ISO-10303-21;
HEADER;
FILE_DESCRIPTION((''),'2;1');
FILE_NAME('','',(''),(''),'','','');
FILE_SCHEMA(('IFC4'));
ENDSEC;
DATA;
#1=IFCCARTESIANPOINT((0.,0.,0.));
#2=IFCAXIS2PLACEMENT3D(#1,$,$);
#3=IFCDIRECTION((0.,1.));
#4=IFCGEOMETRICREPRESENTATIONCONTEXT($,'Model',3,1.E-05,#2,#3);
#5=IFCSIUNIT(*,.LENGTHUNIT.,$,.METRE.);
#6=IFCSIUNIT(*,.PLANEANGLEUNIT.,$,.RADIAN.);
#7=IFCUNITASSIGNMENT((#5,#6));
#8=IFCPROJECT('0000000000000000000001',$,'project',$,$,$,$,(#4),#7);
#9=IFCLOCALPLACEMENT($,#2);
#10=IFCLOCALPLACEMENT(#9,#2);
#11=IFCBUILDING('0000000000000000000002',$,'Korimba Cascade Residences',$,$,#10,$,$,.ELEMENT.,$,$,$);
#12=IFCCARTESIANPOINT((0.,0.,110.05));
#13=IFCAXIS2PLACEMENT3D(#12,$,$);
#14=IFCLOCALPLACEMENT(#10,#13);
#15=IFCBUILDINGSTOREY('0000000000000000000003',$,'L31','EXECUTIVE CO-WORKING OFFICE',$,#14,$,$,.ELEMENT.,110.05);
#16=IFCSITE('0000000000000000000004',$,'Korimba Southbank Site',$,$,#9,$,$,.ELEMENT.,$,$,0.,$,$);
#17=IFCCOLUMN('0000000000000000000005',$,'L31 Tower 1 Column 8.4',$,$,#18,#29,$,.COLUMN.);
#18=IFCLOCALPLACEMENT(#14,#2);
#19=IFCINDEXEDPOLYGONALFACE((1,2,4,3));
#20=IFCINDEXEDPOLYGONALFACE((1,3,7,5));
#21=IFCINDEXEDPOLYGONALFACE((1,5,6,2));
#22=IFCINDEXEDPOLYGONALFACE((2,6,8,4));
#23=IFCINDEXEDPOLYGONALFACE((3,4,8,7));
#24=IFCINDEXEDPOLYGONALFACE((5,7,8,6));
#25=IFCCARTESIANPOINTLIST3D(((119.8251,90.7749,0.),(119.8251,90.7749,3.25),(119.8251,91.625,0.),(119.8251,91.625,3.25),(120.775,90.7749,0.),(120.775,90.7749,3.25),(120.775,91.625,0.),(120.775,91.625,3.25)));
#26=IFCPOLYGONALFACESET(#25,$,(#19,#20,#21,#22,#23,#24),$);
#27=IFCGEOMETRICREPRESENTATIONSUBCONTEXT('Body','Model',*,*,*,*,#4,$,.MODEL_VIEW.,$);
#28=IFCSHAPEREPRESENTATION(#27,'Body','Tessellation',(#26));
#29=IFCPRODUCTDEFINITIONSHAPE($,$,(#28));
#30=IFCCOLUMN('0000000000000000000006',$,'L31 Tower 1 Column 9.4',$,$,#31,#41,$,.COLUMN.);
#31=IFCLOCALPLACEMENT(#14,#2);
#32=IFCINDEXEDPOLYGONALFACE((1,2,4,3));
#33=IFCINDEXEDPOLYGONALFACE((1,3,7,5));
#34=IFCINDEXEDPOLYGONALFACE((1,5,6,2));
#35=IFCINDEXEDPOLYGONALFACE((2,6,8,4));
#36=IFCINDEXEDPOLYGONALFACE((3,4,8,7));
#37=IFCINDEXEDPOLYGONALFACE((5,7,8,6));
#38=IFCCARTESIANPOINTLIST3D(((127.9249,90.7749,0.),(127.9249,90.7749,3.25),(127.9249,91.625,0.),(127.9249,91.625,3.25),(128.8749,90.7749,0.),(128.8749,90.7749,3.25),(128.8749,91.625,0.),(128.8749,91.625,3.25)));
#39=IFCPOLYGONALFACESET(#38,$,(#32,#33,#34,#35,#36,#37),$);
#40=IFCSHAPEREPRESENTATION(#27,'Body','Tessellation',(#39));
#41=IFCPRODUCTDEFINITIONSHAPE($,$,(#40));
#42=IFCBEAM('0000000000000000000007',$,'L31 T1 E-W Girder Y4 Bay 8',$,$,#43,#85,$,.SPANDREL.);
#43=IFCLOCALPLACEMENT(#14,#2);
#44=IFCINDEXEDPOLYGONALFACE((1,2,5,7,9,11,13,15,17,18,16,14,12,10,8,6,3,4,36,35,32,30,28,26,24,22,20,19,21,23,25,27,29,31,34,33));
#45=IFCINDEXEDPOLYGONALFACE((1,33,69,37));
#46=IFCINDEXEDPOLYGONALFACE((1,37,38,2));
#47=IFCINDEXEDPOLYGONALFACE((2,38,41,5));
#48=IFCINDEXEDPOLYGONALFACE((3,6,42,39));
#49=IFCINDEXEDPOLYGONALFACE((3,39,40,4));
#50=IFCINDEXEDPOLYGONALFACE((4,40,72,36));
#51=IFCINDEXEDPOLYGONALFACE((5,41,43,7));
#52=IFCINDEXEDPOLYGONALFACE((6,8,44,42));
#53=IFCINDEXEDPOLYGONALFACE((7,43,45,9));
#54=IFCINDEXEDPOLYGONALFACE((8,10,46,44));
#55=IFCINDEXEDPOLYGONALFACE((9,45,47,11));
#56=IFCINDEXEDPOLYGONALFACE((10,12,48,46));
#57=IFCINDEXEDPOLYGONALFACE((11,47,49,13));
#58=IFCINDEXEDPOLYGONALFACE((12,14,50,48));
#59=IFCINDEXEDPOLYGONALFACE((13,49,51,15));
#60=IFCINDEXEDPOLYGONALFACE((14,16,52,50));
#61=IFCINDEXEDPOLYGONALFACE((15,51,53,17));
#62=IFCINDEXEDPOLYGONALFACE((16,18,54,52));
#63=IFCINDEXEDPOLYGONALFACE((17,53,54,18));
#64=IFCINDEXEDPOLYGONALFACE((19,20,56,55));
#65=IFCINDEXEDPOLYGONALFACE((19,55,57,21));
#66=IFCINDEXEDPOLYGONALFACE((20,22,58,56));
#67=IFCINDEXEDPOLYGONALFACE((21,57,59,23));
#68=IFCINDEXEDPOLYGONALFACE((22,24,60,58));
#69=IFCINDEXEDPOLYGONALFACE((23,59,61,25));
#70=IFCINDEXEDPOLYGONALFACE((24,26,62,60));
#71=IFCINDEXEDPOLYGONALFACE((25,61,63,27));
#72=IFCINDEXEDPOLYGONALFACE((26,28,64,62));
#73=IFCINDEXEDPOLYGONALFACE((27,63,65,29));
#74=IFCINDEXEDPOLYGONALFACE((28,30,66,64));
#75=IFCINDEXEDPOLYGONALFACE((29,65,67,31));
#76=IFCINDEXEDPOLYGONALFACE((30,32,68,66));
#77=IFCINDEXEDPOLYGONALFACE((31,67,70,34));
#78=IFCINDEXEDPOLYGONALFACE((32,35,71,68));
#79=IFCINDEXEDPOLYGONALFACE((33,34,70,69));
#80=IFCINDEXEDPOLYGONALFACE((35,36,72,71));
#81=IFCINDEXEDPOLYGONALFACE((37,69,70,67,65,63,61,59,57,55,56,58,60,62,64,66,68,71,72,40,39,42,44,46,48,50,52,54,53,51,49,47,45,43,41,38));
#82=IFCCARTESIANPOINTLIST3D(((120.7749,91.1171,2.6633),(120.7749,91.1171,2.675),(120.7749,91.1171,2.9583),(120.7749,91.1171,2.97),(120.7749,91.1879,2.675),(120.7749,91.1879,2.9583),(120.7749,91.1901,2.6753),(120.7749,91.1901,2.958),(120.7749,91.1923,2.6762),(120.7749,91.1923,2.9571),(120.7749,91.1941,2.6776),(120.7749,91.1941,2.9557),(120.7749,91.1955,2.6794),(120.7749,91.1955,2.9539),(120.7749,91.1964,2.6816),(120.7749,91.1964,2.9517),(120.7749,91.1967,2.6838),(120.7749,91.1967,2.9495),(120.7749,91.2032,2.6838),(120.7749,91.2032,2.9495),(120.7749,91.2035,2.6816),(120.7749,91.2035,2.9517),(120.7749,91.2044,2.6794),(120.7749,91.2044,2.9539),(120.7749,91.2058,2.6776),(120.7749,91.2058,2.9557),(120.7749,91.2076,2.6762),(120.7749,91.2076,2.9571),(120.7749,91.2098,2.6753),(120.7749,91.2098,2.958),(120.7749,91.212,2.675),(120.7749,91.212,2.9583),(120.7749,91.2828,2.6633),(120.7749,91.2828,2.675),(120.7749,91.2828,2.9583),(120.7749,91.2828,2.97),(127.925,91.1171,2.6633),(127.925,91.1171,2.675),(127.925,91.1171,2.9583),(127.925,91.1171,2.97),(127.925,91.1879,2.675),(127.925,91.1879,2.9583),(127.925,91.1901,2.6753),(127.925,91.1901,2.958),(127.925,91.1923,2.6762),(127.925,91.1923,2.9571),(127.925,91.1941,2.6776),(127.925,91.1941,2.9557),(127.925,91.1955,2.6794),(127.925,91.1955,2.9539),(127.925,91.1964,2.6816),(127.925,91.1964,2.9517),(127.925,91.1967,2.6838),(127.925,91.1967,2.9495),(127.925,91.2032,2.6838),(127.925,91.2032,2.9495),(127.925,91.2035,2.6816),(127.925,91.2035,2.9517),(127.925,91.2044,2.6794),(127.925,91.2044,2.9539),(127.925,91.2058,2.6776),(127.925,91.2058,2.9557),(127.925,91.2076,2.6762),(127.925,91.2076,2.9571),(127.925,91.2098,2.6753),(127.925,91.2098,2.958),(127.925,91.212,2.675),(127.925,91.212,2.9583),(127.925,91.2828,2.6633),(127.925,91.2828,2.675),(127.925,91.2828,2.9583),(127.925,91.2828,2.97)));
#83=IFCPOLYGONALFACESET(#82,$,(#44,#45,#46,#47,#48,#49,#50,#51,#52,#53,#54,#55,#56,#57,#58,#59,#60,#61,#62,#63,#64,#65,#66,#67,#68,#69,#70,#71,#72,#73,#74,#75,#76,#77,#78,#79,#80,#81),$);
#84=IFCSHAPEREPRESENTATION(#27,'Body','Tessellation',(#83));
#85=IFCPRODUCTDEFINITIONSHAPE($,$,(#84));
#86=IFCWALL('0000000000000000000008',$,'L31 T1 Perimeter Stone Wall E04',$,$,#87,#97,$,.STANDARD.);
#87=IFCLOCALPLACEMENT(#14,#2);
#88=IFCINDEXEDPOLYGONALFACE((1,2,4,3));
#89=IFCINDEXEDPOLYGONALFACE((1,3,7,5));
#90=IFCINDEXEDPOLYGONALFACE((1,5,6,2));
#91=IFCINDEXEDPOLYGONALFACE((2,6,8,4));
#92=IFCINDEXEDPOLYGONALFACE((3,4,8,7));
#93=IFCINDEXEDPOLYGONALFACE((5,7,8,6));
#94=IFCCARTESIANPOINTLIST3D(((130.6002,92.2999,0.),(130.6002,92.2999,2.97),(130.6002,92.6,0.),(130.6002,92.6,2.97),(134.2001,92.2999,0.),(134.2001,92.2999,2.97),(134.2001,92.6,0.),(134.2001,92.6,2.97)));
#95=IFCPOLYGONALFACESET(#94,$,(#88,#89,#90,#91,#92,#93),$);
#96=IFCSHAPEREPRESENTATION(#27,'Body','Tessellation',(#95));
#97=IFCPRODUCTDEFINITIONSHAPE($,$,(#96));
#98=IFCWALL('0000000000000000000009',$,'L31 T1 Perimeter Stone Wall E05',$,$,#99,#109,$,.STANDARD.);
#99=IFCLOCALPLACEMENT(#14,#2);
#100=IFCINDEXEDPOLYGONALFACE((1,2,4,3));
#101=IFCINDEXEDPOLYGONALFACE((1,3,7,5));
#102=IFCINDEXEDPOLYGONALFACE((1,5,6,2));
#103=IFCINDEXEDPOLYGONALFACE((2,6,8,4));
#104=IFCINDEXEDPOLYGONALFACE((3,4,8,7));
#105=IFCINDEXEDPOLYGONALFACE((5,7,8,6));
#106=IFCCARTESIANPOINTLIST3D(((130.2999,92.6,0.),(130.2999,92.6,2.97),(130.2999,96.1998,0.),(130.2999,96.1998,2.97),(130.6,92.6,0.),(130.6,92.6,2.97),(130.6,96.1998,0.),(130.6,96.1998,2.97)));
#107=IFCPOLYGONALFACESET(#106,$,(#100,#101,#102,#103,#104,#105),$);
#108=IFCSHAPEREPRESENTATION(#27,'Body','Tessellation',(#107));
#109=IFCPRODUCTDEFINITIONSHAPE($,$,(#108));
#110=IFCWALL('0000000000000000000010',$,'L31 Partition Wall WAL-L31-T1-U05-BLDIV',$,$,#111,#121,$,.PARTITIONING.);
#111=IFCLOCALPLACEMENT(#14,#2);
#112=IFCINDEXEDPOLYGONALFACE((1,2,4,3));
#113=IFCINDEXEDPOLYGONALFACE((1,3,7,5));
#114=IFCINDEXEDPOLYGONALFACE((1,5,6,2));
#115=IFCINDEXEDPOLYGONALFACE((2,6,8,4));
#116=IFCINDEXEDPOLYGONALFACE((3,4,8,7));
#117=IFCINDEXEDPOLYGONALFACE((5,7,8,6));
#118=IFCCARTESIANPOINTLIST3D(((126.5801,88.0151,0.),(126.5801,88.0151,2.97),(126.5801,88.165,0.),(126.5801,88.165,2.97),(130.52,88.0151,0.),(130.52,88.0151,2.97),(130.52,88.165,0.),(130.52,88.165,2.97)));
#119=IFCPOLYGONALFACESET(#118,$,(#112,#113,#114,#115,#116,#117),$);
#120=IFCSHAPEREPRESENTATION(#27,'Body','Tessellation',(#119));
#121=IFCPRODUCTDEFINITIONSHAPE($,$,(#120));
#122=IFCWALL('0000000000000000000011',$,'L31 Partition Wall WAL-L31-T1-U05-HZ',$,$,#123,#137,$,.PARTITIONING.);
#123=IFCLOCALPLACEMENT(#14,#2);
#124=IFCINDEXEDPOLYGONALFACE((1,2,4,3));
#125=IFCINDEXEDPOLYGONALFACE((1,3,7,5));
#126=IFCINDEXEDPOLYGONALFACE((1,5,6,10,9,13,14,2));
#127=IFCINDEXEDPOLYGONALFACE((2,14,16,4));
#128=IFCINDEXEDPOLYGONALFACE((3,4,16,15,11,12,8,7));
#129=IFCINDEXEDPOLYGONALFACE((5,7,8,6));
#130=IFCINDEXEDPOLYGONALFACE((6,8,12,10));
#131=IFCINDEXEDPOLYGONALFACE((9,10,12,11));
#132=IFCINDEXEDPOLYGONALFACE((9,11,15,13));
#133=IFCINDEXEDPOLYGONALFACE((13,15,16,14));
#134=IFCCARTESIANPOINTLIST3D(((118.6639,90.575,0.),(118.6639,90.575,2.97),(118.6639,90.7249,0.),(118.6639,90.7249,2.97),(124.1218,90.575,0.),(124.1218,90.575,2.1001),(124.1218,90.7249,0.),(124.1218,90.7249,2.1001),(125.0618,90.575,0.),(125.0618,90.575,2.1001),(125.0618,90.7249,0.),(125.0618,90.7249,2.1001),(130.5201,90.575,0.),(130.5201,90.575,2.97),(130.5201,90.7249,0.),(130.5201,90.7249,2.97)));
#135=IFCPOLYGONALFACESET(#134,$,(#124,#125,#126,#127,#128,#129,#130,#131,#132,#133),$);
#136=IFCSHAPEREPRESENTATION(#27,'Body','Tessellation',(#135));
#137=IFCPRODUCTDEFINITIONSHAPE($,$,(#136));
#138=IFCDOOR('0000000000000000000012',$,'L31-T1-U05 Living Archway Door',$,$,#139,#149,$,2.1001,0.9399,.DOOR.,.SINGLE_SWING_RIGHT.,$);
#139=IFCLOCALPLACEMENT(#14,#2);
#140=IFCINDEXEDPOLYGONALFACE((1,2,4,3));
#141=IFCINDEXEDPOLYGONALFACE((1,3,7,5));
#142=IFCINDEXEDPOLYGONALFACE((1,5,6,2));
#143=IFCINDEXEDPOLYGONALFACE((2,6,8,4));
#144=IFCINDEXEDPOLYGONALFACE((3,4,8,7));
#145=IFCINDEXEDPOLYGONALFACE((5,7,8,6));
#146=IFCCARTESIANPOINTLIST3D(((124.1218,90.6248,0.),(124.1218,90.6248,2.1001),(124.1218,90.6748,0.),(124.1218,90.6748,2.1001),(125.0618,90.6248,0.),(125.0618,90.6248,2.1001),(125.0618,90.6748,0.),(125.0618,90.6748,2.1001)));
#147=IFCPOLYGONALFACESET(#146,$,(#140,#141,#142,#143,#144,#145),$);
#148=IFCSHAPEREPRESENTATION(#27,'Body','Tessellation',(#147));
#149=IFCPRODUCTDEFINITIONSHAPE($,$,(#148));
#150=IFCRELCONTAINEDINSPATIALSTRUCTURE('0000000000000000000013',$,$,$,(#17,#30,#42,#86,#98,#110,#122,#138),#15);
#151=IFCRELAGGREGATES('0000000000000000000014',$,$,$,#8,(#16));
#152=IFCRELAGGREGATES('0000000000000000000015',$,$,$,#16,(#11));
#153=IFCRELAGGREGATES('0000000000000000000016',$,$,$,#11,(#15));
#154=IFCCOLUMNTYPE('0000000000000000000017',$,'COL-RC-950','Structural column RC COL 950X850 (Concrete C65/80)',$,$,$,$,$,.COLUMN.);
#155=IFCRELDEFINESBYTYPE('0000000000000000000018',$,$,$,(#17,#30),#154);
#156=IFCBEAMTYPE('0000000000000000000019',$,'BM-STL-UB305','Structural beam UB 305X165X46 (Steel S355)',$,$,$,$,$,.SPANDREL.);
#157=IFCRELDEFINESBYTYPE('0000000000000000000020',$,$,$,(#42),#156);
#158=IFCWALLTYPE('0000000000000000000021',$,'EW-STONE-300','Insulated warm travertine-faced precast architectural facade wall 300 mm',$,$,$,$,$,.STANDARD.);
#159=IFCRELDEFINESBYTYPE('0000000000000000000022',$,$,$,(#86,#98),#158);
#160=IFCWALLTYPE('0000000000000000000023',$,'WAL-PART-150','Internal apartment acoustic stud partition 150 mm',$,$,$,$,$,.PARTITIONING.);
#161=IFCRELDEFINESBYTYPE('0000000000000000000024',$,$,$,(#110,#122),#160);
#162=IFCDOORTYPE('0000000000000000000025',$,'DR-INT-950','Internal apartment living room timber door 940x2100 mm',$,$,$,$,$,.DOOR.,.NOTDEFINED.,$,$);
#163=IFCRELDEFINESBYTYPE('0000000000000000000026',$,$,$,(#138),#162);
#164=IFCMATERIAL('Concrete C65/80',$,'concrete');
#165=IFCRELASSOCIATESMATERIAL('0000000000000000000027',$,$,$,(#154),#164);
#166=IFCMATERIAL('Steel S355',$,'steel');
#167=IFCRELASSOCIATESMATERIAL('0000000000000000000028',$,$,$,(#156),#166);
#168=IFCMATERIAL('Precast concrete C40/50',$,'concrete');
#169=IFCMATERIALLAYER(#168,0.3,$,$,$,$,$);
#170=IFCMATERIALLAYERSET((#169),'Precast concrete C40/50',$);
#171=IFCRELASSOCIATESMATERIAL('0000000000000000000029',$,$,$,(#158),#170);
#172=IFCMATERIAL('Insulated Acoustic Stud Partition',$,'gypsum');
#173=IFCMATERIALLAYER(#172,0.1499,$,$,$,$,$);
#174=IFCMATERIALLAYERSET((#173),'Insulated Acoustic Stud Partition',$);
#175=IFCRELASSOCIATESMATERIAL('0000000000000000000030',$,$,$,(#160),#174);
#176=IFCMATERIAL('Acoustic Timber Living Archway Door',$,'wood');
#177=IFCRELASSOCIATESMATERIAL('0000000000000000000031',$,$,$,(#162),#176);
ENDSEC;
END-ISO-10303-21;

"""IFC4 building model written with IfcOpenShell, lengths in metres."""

from ifc_helpers import new_model, si_unit, direction, frame, frame_2d, origin, origin_2d, place, context, subcontext, project, spatial, rectangle, i_section, extrude, material, layer, layer_set, material_profile, profile_set, type_object, element, fill, save


model = new_model("IFC4")

# Units and contexts
model_context = context("Model", 3, precision=1e-05, world=origin(), true_north=direction((0.0, 1.0)))
body_context = subcontext(model_context, "Body", "Model", "MODEL_VIEW")
ifc_project = project(units=[si_unit("LENGTHUNIT", "METRE"), si_unit("PLANEANGLEUNIT", "RADIAN")], contexts=[model_context])

# Site, building, storey
site_placement = place(None, origin())
site = spatial("IfcSite", under=ifc_project, at=site_placement, Name="Korimba Southbank Site", CompositionType="ELEMENT", RefElevation=0.0)
building_placement = place(site_placement, origin())
building = spatial("IfcBuilding", under=site, at=building_placement, Name="Korimba Cascade Residences", CompositionType="ELEMENT")
storey_placement = place(building_placement, frame((0.0, 0.0, 110.05)))
storey = spatial("IfcBuildingStorey", under=building, at=storey_placement, Name="L31", Description="EXECUTIVE CO-WORKING OFFICE", CompositionType="ELEMENT", Elevation=110.05)

# Columns
ifc_material_1 = material(Name="Concrete C65/80", Category="concrete")
ifc_material_profile_1 = material_profile(ifc_material_1, rectangle(XDim=0.95, YDim=0.8501, at=origin_2d()), Name="Concrete C65/80")
ifc_profile_set_1 = profile_set([ifc_material_profile_1], Name="Concrete C65/80")
column_type = type_object("IfcColumnType", Name="COL-RC-950", Description="Structural column RC COL 950X850 (Concrete C65/80)", PredefinedType="COLUMN", material=ifc_profile_set_1)
for number, where, z_axis, x_axis, name in (
    (1, (120.3, 91.2, 0.0), (0.0, 0.0, 1.0), (1.0, 0.0, 0.0), "L31 Tower 1 Column 8.4"),
    (2, (128.3999, 91.2, 0.0), (0.0, 0.0, 1.0), (1.0, 0.0, 0.0), "L31 Tower 1 Column 9.4"),
):
    element("IfcColumn", number, at=place(storey_placement, frame(where, z_axis=z_axis, x_axis=x_axis)), inside=storey, type_object=column_type, Name=name, PredefinedType="COLUMN", context=body_context, shape_type="SweptSolid", body=[
        extrude(rectangle(XDim=0.95, YDim=0.8501, at=origin_2d()), origin(), (0.0, 0.0, 1.0), 3.25),
    ])

# Beam
ifc_material_2 = material(Name="Steel S355", Category="steel")
ifc_material_profile_2 = material_profile(ifc_material_2, i_section(OverallWidth=0.1658, OverallDepth=0.3066, WebThickness=0.0066, FlangeThickness=0.0117, FilletRadius=0.0088, at=origin_2d()), Name="Steel S355")
ifc_profile_set_2 = profile_set([ifc_material_profile_2], Name="Steel S355")
beam_type = type_object("IfcBeamType", Name="BM-STL-UB305", Description="Structural beam UB 305X165X46 (Steel S355)", PredefinedType="SPANDREL", material=ifc_profile_set_2)
beam_placement = place(storey_placement, frame((120.7749, 91.2, 2.8167), z_axis=(1.0, 0.0, 0.0), x_axis=(0.0, 1.0, 0.0)))
element("IfcBeam", 3, at=beam_placement, inside=storey, type_object=beam_type, Name="L31 T1 E-W Girder Y4 Bay 8", PredefinedType="SPANDREL", context=body_context, shape_type="SweptSolid", body=[
    extrude(i_section(OverallWidth=0.1658, OverallDepth=0.3066, WebThickness=0.0066, FlangeThickness=0.0117, FilletRadius=0.0088, at=origin_2d()), origin(), (0.0, 0.0, 1.0), 7.1501),
])

# Shared definitions
ifc_material_3 = material(Name="Precast concrete C40/50", Category="concrete")

# Walls
ifc_layer_1 = layer(ifc_material_3, 0.3)
ifc_layer_set_1 = layer_set([ifc_layer_1], Name="Precast concrete C40/50")
wall_type_1 = type_object("IfcWallType", Name="EW-STONE-300", Description="Insulated warm travertine-faced precast architectural facade wall 300 mm", PredefinedType="STANDARD", material=ifc_layer_set_1)
for number, where, z_axis, x_axis, name in (
    (4, (134.2, 92.45, 0.0), (0.0, 0.0, 1.0), (-1.0, 0.0, 0.0), "L31 T1 Perimeter Stone Wall E04"),
    (5, (130.45, 92.6001, 0.0), (0.0, 0.0, 1.0), (0.0, 1.0, 0.0), "L31 T1 Perimeter Stone Wall E05"),
):
    element("IfcWall", number, at=place(storey_placement, frame(where, z_axis=z_axis, x_axis=x_axis)), inside=storey, type_object=wall_type_1, Name=name, PredefinedType="STANDARD", context=body_context, shape_type="SweptSolid", body=[
        extrude(rectangle(XDim=3.5999, YDim=0.3, at=frame_2d((1.7998, 0.0))), origin(), (0.0, 0.0, 1.0), 2.97),
    ])
ifc_material_4 = material(Name="Insulated Acoustic Stud Partition", Category="gypsum")
ifc_layer_2 = layer(ifc_material_4, 0.1499)
ifc_layer_set_2 = layer_set([ifc_layer_2], Name="Insulated Acoustic Stud Partition")
wall_type_2 = type_object("IfcWallType", Name="WAL-PART-150", Description="Internal apartment acoustic stud partition 150 mm", PredefinedType="PARTITIONING", material=ifc_layer_set_2)
wall_1_placement = place(storey_placement, frame((126.5801, 88.0901, 0.0), z_axis=(0.0, 0.0, 1.0), x_axis=(1.0, 0.0, 0.0)))
element("IfcWall", 6, at=wall_1_placement, inside=storey, type_object=wall_type_2, Name="L31 Partition Wall WAL-L31-T1-U05-BLDIV", PredefinedType="PARTITIONING", context=body_context, shape_type="SweptSolid", body=[
    extrude(rectangle(XDim=3.9399, YDim=0.1499, at=frame_2d((1.97, 0.0))), origin(), (0.0, 0.0, 1.0), 2.97),
])

# Wall, opening, door
wall_2_placement = place(storey_placement, frame((118.6638, 90.6499, 0.0), z_axis=(0.0, 0.0, 1.0), x_axis=(1.0, 0.0, 0.0)))
wall_2 = element("IfcWall", 7, at=wall_2_placement, inside=storey, type_object=wall_type_2, Name="L31 Partition Wall WAL-L31-T1-U05-HZ", PredefinedType="PARTITIONING", context=body_context, shape_type="SweptSolid", body=[
    extrude(rectangle(XDim=11.8562, YDim=0.1499, at=frame_2d((5.9282, 0.0))), origin(), (0.0, 0.0, 1.0), 2.97),
])
opening_1_placement = place(wall_2_placement, frame((5.458, 0.0, 0.0)))
opening_1 = element("IfcOpeningElement", 8, at=opening_1_placement, cuts=wall_2, PredefinedType="OPENING", context=body_context, shape_type="SweptSolid", body=[
    extrude(rectangle(XDim=0.9399, YDim=2.1001, at=frame_2d((0.47, 1.05))), frame((0.0, 0.085, 0.0), z_axis=(0.0, -1.0, 0.0), x_axis=(1.0, 0.0, 0.0)), (0.0, 0.0, 1.0), 0.1699),
])
ifc_material_5 = material(Name="Acoustic Timber Living Archway Door", Category="wood")
door_type_1 = type_object("IfcDoorType", Name="DR-INT-950", Description="Internal apartment living room timber door 940x2100 mm", OperationType="NOTDEFINED", PredefinedType="DOOR", material=ifc_material_5)
door_1_placement = place(opening_1_placement, origin())
door_1 = element("IfcDoor", 9, at=door_1_placement, inside=storey, type_object=door_type_1, Name="L31-T1-U05 Living Archway Door", OperationType="SINGLE_SWING_RIGHT", OverallHeight=2.1001, OverallWidth=0.9399, PredefinedType="DOOR", context=body_context, shape_type="SweptSolid", body=[
    extrude(rectangle(XDim=0.9399, YDim=2.1001, at=frame_2d((0.47, 1.05))), frame((0.0, 0.0249, 0.0), z_axis=(0.0, -1.0, 0.0), x_axis=(1.0, 0.0, 0.0)), (0.0, 0.0, 1.0), 0.05),
])
fill(opening_1, door_1)

save(model, "model.ifc")
